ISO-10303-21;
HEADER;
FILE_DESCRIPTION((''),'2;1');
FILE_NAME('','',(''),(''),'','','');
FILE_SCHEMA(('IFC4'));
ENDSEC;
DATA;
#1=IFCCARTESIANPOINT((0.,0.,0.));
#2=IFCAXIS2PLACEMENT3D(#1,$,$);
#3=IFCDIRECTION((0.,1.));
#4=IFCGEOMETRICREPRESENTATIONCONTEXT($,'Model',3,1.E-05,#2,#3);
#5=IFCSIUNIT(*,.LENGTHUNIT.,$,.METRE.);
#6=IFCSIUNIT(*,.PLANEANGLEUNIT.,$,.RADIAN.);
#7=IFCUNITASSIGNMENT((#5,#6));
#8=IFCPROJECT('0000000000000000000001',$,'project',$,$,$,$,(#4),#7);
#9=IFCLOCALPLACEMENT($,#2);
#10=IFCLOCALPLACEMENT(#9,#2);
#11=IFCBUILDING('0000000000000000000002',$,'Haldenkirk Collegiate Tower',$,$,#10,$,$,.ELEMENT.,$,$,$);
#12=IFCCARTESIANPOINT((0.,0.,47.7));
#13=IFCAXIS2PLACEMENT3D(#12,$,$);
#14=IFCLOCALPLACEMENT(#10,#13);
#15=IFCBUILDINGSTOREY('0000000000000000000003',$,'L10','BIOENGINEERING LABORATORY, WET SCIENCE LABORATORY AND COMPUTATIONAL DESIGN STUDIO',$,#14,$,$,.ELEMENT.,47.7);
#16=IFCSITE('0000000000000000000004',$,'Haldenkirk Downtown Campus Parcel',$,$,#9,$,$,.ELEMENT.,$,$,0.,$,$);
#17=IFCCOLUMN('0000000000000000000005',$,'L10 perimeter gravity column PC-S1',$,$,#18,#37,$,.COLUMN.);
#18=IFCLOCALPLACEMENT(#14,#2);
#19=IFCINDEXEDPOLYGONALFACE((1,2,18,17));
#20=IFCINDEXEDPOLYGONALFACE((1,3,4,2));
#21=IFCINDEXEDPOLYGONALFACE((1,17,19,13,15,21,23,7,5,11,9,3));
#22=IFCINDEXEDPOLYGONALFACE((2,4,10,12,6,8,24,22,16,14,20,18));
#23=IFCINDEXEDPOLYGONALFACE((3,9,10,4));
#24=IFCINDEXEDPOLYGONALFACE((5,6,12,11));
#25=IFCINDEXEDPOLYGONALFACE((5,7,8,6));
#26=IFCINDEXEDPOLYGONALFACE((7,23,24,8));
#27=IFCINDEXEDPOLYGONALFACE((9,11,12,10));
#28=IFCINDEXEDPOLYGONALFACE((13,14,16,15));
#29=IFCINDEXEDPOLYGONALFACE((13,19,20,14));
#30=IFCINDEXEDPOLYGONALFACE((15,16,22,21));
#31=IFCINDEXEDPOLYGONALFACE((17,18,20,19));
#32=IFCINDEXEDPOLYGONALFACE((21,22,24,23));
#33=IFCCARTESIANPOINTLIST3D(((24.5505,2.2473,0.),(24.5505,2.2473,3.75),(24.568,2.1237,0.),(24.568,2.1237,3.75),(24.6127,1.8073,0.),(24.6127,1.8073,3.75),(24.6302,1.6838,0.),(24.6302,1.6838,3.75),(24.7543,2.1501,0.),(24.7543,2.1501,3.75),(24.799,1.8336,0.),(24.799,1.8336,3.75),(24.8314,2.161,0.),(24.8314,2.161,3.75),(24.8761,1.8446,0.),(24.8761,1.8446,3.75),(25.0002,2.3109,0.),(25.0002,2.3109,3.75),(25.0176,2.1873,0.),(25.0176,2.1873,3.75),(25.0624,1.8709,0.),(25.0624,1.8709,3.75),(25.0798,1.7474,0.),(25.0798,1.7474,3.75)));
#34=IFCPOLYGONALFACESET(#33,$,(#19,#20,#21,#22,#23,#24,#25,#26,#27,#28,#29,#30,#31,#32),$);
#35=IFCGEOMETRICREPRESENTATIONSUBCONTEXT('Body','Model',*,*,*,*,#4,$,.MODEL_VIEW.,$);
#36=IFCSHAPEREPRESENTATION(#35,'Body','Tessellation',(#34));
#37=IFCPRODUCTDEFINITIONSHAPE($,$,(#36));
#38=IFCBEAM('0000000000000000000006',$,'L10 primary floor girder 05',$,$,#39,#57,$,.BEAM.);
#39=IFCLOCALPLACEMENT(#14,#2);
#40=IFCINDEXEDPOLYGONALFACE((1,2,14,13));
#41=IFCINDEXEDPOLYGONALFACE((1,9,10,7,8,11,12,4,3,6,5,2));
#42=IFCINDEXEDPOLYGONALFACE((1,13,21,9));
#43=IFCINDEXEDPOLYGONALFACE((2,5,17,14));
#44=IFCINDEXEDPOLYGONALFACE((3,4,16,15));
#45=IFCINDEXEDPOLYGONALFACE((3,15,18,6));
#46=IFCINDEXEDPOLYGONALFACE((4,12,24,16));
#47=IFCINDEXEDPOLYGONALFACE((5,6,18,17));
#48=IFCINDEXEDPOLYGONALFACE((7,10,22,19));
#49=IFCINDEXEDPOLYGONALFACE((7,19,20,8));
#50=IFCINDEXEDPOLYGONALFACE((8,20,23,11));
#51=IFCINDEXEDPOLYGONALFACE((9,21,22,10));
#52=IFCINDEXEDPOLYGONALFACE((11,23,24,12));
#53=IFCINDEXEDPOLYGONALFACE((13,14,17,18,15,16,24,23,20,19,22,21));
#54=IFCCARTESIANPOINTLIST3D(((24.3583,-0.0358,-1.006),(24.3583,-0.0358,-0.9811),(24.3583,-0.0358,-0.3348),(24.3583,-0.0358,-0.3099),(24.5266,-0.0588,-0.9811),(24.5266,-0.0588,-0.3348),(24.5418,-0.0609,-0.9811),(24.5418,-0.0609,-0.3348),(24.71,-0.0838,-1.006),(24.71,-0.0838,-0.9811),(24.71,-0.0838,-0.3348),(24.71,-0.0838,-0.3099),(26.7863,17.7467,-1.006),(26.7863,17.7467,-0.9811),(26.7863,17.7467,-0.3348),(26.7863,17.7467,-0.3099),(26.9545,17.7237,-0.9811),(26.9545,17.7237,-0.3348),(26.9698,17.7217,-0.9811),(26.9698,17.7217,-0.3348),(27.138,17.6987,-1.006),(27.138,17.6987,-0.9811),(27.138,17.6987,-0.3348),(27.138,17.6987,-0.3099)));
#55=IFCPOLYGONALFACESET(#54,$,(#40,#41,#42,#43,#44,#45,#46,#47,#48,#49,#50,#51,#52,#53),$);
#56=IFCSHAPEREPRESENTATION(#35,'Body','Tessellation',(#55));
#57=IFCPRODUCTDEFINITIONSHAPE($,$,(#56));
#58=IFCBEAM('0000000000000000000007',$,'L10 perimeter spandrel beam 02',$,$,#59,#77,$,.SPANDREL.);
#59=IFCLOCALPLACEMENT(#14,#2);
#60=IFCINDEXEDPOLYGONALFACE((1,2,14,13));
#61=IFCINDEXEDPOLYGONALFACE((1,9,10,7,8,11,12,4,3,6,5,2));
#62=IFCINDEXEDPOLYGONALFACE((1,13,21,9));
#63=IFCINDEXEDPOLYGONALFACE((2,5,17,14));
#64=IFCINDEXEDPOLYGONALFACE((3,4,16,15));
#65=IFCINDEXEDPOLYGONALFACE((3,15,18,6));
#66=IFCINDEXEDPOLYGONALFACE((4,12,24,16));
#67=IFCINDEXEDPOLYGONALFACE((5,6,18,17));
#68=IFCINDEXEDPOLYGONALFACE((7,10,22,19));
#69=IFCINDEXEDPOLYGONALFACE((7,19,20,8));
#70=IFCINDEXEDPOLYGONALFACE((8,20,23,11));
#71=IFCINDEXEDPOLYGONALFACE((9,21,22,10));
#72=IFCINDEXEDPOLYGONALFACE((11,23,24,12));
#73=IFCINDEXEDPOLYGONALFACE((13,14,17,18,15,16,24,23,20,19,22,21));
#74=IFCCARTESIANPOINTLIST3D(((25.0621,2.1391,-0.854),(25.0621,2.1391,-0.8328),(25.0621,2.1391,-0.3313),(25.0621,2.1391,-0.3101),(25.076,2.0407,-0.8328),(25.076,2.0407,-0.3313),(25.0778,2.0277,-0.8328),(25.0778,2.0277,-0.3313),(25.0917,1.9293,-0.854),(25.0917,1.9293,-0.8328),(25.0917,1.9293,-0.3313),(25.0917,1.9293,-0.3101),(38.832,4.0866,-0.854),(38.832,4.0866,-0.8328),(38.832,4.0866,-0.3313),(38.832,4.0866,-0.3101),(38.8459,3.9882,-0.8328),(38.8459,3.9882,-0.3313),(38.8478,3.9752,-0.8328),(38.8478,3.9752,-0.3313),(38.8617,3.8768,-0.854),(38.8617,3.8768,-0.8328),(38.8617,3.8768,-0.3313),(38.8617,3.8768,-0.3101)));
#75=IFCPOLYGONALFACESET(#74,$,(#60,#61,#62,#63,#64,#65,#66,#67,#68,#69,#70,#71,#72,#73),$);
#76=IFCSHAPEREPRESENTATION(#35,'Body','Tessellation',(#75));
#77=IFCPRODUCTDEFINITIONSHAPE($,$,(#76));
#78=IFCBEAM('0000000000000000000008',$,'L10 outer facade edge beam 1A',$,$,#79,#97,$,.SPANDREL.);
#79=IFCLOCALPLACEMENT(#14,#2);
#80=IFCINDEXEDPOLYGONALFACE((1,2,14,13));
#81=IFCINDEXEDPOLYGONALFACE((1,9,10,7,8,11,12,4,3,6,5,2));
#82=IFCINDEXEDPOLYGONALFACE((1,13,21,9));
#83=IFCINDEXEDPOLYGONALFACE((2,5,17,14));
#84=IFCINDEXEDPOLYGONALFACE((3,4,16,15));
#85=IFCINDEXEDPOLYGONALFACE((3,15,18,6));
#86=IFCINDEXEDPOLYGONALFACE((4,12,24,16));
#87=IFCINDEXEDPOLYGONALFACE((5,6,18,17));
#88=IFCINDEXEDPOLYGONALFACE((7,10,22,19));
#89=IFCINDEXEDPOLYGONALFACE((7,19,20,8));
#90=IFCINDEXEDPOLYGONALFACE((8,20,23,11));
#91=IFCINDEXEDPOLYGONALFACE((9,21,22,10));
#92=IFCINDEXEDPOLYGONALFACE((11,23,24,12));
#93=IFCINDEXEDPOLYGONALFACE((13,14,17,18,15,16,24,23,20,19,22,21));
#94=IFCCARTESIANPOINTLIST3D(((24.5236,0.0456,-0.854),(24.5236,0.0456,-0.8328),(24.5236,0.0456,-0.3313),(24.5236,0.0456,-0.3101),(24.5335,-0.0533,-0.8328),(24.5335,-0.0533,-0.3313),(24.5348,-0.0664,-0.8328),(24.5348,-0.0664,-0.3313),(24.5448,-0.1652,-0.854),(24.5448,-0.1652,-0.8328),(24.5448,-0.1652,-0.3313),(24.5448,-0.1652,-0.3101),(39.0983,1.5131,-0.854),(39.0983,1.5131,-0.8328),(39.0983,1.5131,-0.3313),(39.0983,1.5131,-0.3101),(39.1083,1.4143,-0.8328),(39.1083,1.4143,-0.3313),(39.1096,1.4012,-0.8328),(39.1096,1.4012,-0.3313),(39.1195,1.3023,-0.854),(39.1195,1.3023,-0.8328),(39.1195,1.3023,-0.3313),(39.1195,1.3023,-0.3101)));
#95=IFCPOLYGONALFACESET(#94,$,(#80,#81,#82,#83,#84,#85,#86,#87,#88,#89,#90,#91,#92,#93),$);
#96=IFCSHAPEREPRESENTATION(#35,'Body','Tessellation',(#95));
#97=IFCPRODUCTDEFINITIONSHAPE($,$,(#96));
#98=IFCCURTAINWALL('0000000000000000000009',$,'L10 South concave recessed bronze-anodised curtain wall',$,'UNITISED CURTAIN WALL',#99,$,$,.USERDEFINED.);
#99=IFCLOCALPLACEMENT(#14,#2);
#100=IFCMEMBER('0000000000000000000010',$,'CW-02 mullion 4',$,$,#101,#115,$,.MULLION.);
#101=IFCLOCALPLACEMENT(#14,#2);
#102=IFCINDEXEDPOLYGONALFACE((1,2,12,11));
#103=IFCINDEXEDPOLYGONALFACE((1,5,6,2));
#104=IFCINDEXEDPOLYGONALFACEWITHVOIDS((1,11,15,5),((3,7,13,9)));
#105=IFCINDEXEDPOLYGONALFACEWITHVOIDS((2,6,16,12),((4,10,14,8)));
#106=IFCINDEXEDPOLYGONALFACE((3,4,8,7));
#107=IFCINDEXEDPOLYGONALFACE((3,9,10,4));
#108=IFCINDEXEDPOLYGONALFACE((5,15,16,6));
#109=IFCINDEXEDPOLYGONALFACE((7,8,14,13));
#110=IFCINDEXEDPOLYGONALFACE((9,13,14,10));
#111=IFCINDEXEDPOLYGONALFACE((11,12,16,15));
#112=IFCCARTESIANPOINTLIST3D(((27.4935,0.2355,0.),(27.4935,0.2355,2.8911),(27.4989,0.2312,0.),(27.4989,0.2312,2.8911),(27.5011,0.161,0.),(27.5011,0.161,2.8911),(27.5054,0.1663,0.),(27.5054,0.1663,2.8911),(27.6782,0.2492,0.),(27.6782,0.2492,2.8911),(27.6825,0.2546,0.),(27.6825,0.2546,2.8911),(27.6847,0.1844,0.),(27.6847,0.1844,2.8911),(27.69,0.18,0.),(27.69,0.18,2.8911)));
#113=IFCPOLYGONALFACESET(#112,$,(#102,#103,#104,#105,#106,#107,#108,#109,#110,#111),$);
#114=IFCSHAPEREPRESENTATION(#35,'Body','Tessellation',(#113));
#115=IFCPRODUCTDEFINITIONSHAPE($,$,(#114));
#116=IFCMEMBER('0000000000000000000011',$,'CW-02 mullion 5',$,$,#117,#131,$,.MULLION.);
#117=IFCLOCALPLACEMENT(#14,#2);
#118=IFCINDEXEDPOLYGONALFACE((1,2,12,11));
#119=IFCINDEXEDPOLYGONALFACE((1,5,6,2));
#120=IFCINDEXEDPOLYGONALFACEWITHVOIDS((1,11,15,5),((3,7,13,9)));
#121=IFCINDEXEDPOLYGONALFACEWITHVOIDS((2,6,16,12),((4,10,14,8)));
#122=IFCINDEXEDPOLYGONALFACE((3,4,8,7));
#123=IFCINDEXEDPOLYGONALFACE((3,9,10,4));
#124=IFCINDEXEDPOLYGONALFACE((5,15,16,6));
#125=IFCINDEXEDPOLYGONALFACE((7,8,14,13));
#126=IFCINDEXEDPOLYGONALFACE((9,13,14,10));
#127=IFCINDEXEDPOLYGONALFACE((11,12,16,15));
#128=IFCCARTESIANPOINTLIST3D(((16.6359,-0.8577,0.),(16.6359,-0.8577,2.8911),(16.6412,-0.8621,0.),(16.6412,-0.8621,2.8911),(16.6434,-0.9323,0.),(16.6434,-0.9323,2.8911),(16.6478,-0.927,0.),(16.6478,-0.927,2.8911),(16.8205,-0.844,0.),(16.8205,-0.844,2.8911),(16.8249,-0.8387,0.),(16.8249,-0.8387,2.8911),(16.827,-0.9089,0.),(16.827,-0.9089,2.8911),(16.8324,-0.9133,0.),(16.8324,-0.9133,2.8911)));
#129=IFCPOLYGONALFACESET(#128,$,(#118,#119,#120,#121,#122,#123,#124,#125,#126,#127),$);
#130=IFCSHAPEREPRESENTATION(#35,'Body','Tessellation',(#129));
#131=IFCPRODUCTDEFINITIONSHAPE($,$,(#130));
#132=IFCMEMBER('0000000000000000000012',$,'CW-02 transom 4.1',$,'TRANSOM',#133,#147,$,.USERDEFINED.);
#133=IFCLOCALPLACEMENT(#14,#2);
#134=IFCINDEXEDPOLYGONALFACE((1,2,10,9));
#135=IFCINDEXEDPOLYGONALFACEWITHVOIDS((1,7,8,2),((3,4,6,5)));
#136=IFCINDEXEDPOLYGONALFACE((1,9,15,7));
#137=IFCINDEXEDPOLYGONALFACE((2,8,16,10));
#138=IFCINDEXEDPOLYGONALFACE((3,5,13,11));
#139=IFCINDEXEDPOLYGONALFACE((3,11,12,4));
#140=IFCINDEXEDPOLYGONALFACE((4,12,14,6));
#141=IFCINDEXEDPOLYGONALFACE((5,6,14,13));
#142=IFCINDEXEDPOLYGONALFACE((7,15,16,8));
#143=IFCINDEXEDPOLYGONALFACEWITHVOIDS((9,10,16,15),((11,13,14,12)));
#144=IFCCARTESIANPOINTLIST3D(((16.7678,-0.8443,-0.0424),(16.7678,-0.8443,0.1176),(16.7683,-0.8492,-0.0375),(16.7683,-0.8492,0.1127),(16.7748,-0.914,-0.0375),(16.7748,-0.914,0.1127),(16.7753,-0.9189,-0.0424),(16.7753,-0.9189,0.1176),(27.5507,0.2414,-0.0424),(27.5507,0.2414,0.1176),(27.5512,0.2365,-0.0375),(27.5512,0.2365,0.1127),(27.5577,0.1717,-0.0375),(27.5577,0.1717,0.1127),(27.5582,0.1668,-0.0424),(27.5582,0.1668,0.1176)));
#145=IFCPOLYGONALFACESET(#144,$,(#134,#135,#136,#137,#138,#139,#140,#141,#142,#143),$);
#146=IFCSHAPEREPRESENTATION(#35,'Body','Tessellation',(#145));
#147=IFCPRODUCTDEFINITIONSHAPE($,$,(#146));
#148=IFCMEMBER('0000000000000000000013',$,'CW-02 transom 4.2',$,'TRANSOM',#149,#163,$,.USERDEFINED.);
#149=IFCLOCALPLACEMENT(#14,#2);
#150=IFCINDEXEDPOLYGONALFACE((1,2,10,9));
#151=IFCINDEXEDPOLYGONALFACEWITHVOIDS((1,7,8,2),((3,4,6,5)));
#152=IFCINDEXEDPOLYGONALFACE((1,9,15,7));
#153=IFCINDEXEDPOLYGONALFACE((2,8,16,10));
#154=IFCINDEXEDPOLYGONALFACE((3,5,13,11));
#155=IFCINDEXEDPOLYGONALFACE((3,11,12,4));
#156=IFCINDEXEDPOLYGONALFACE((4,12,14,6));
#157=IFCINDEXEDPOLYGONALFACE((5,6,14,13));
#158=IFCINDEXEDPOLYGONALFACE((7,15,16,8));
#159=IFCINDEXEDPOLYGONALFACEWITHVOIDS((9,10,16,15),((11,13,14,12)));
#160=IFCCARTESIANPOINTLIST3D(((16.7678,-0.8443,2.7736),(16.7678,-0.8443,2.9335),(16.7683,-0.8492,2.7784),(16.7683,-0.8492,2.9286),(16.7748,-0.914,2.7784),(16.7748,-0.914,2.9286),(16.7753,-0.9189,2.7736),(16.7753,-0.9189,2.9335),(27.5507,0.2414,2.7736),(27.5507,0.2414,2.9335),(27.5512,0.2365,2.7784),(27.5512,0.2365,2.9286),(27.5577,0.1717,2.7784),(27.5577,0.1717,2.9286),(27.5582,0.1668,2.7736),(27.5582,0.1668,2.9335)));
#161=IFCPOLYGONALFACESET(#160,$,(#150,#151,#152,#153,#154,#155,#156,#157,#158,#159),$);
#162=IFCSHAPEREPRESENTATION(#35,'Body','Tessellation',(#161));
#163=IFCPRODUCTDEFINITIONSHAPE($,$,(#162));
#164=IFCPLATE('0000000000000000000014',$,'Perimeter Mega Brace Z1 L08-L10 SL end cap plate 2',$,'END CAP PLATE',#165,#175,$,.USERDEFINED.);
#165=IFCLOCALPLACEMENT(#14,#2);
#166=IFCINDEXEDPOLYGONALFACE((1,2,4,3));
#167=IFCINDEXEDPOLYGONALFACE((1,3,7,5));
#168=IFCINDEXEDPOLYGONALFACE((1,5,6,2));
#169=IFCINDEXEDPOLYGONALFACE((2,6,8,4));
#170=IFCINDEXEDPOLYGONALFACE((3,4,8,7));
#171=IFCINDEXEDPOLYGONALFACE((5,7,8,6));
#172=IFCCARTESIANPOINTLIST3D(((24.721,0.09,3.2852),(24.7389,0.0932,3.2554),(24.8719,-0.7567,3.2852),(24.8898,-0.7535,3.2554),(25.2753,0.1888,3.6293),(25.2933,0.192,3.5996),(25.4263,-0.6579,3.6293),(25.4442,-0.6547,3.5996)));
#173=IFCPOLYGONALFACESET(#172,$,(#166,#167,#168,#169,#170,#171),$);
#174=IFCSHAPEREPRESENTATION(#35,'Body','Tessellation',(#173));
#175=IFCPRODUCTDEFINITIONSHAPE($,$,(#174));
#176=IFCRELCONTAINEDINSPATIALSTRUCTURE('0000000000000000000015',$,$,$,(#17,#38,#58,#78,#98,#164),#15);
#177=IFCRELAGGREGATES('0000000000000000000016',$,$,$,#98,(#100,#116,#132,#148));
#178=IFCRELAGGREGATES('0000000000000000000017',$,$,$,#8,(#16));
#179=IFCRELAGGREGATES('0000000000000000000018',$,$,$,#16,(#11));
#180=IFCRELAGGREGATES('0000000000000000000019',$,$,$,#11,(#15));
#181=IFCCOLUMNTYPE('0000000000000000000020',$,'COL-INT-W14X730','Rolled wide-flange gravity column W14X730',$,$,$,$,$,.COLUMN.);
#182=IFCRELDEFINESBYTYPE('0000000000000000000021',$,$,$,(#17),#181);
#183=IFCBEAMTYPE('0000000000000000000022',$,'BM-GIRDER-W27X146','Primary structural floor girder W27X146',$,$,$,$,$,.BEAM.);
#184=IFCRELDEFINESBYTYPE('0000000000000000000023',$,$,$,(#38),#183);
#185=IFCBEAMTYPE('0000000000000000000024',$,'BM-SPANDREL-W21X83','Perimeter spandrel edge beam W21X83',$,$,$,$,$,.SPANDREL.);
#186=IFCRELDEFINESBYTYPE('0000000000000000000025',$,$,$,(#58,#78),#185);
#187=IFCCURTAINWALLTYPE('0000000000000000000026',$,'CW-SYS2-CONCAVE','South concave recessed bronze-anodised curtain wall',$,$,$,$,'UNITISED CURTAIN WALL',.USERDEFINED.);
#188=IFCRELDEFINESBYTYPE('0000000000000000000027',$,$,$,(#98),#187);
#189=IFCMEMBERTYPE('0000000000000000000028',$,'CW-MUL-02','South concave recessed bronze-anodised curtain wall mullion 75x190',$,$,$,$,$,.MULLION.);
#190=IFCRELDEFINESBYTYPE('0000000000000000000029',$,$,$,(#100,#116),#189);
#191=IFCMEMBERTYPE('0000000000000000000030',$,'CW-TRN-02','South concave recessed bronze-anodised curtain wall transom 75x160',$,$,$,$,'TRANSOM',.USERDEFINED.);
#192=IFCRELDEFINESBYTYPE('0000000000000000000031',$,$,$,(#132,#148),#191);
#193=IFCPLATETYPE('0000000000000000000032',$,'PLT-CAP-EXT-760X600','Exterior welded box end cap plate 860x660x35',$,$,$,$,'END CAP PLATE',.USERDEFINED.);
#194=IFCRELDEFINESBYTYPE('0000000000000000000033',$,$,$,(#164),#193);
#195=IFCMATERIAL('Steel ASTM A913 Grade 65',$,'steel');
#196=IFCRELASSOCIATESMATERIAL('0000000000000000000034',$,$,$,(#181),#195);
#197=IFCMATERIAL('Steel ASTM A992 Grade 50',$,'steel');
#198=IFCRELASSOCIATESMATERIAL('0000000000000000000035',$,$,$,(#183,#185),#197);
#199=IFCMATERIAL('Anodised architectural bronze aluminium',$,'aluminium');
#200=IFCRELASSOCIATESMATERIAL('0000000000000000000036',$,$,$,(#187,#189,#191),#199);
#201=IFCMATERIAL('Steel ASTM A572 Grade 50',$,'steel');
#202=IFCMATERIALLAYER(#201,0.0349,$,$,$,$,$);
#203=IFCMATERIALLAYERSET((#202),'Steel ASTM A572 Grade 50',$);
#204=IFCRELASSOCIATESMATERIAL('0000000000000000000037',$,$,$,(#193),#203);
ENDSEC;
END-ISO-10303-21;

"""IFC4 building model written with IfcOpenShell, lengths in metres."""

from ifc_helpers import new_model, si_unit, direction, frame, origin, origin_2d, place, context, subcontext, project, spatial, rectangle, hollow_rectangle, i_section, extrude, source, transform, mapped, material, layer, layer_set, material_profile, profile_set, type_object, element, aggregate, save


model = new_model("IFC4")

# Units and contexts
model_context = context("Model", 3, precision=1e-05, world=origin(), true_north=direction((0.0, 1.0)))
body_context = subcontext(model_context, "Body", "Model", "MODEL_VIEW")
ifc_project = project(units=[si_unit("LENGTHUNIT", "METRE"), si_unit("PLANEANGLEUNIT", "RADIAN")], contexts=[model_context])

# Site, building, storey
site_placement = place(None, origin())
site = spatial("IfcSite", under=ifc_project, at=site_placement, Name="Haldenkirk Downtown Campus Parcel", CompositionType="ELEMENT", RefElevation=0.0)
building_placement = place(site_placement, origin())
building = spatial("IfcBuilding", under=site, at=building_placement, Name="Haldenkirk Collegiate Tower", CompositionType="ELEMENT")
storey_placement = place(building_placement, frame((0.0, 0.0, 47.7)))
storey = spatial("IfcBuildingStorey", under=building, at=storey_placement, Name="L10", Description="BIOENGINEERING LABORATORY, WET SCIENCE LABORATORY AND COMPUTATIONAL DESIGN STUDIO", CompositionType="ELEMENT", Elevation=47.7)

# Column
ifc_material_1 = material(Name="Steel ASTM A913 Grade 65", Category="steel")
ifc_material_profile_1 = material_profile(ifc_material_1, i_section(OverallWidth=0.4541, OverallDepth=0.5691, WebThickness=0.0779, FlangeThickness=0.1248, at=origin_2d()), Name="W14X730")
ifc_profile_set_1 = profile_set([ifc_material_profile_1], Name="Steel ASTM A913 Grade 65")
column_type = type_object("IfcColumnType", Name="COL-INT-W14X730", Description="Rolled wide-flange gravity column W14X730", PredefinedType="COLUMN", material=ifc_profile_set_1)
column_placement = place(storey_placement, frame((24.8152, 1.9973, 0.0), z_axis=(0.0, 0.0, 1.0), x_axis=(0.990146, 0.140037, 0.0)))
element("IfcColumn", 1, at=column_placement, inside=storey, type_object=column_type, Name="L10 perimeter gravity column PC-S1", PredefinedType="COLUMN", context=body_context, shape_type="SweptSolid", body=[
    extrude(i_section(OverallWidth=0.4541, OverallDepth=0.5691, WebThickness=0.0779, FlangeThickness=0.1248, at=origin_2d()), origin(), (0.0, 0.0, 1.0), 3.75),
])

# Beams
ifc_material_2 = material(Name="Steel ASTM A992 Grade 50", Category="steel")
ifc_material_profile_2 = material_profile(ifc_material_2, i_section(OverallWidth=0.355, OverallDepth=0.696, WebThickness=0.0154, FlangeThickness=0.0249, at=origin_2d()), Name="W27X146")
ifc_profile_set_2 = profile_set([ifc_material_profile_2], Name="Steel ASTM A992 Grade 50")
beam_type_1 = type_object("IfcBeamType", Name="BM-GIRDER-W27X146", Description="Primary structural floor girder W27X146", PredefinedType="BEAM", material=ifc_profile_set_2)
beam_1_placement = place(storey_placement, frame((24.5342, -0.0598, -0.658), z_axis=(0.135283, 0.990807, 0.0), x_axis=(-0.990807, 0.135283, 0.0)))
element("IfcBeam", 2, at=beam_1_placement, inside=storey, type_object=beam_type_1, Name="L10 primary floor girder 05", PredefinedType="BEAM", context=body_context, shape_type="SweptSolid", body=[
    extrude(i_section(OverallWidth=0.355, OverallDepth=0.696, WebThickness=0.0154, FlangeThickness=0.0249, at=origin_2d()), origin(), (0.0, 0.0, 1.0), 17.9475),
])
ifc_material_profile_3 = material_profile(ifc_material_2, i_section(OverallWidth=0.2119, OverallDepth=0.5439, WebThickness=0.0132, FlangeThickness=0.0212, at=origin_2d()), Name="W21X83")
ifc_profile_set_3 = profile_set([ifc_material_profile_3], Name="Steel ASTM A992 Grade 50")
beam_type_2 = type_object("IfcBeamType", Name="BM-SPANDREL-W21X83", Description="Perimeter spandrel edge beam W21X83", PredefinedType="SPANDREL", material=ifc_profile_set_3)
beam_2_placement = place(storey_placement, frame((25.0769, 2.0342, -0.582), z_axis=(0.990146, 0.140038, 0.0), x_axis=(-0.140038, 0.990146, 0.0)))
element("IfcBeam", 3, at=beam_2_placement, inside=storey, type_object=beam_type_2, Name="L10 perimeter spandrel beam 02", PredefinedType="SPANDREL", context=body_context, shape_type="SweptSolid", body=[
    extrude(i_section(OverallWidth=0.2119, OverallDepth=0.5439, WebThickness=0.0132, FlangeThickness=0.0212, at=origin_2d()), origin(), (0.0, 0.0, 1.0), 13.907),
])
beam_3_placement = place(storey_placement, frame((24.5342, -0.0598, -0.582), z_axis=(0.994969, 0.100184, 0.0), x_axis=(-0.100184, 0.994969, 0.0)))
element("IfcBeam", 4, at=beam_3_placement, inside=storey, type_object=beam_type_2, Name="L10 outer facade edge beam 1A", PredefinedType="SPANDREL", context=body_context, shape_type="SweptSolid", body=[
    extrude(i_section(OverallWidth=0.2119, OverallDepth=0.5439, WebThickness=0.0132, FlangeThickness=0.0212, at=origin_2d()), origin(), (0.0, 0.0, 1.0), 14.6484),
])

# Curtain wall, members
ifc_material_3 = material(Name="Anodised architectural bronze aluminium", Category="aluminium")
curtain_wall_type = type_object("IfcCurtainWallType", Name="CW-SYS2-CONCAVE", Description="South concave recessed bronze-anodised curtain wall", ElementType="UNITISED CURTAIN WALL", PredefinedType="USERDEFINED", material=ifc_material_3)
curtain_wall_placement = place(storey_placement, origin())
curtain_wall = element("IfcCurtainWall", 5, at=curtain_wall_placement, inside=storey, type_object=curtain_wall_type, Name="L10 South concave recessed bronze-anodised curtain wall", ObjectType="UNITISED CURTAIN WALL", PredefinedType="USERDEFINED")
ifc_material_profile_4 = material_profile(ifc_material_3, hollow_rectangle(XDim=0.075, YDim=0.1899, WallThickness=0.0049, at=origin_2d()), Name="CW-MUL-02")
ifc_profile_set_4 = profile_set([ifc_material_profile_4], Name="Anodised architectural bronze aluminium")
member_type_1 = type_object("IfcMemberType", Name="CW-MUL-02", Description="South concave recessed bronze-anodised curtain wall mullion 75x190", PredefinedType="MULLION", material=ifc_profile_set_4)
member_1_placement = place(storey_placement, frame((27.5918, 0.2078, 0.0), z_axis=(0.0, 0.0, 1.0), x_axis=(0.100187, -0.994969, 0.0)))
member_1 = element("IfcMember", 6, at=member_1_placement, type_object=member_type_1, Name="CW-02 mullion 4", PredefinedType="MULLION", context=body_context, shape_type="SweptSolid", body=[
    extrude(hollow_rectangle(XDim=0.075, YDim=0.1899, WallThickness=0.0049, at=origin_2d()), origin(), (0.0, 0.0, 1.0), 2.8911),
])
member_2_placement = place(storey_placement, frame((16.7341, -0.8855, 0.0), z_axis=(0.0, 0.0, 1.0), x_axis=(0.100187, -0.994969, 0.0)))
member_2 = element("IfcMember", 7, at=member_2_placement, type_object=member_type_1, Name="CW-02 mullion 5", PredefinedType="MULLION", context=body_context, shape_type="SweptSolid", body=[
    extrude(hollow_rectangle(XDim=0.075, YDim=0.1899, WallThickness=0.0049, at=origin_2d()), origin(), (0.0, 0.0, 1.0), 2.8911),
])
ifc_material_profile_5 = material_profile(ifc_material_3, hollow_rectangle(XDim=0.075, YDim=0.1599, WallThickness=0.0049, at=origin_2d()), Name="CW-TRN-02")
ifc_profile_set_5 = profile_set([ifc_material_profile_5], Name="Anodised architectural bronze aluminium")
member_type_2 = type_object("IfcMemberType", Name="CW-TRN-02", Description="South concave recessed bronze-anodised curtain wall transom 75x160", ElementType="TRANSOM", PredefinedType="USERDEFINED", material=ifc_profile_set_5)
member_3_placement = place(storey_placement, frame((27.5544, 0.2041, 0.0376), z_axis=(-0.994969, -0.10018, 0.0), x_axis=(0.10018, -0.994969, 0.0)))
member_3 = element("IfcMember", 8, at=member_3_placement, type_object=member_type_2, Name="CW-02 transom 4.1", ObjectType="TRANSOM", PredefinedType="USERDEFINED", context=body_context, shape_type="SweptSolid", body=[
    extrude(hollow_rectangle(XDim=0.075, YDim=0.1599, WallThickness=0.0049, at=origin_2d()), origin(), (0.0, 0.0, 1.0), 10.8374),
])
member_4_placement = place(storey_placement, frame((27.5544, 0.2041, 2.8535), z_axis=(-0.994969, -0.10018, 0.0), x_axis=(0.10018, -0.994969, 0.0)))
member_4 = element("IfcMember", 9, at=member_4_placement, type_object=member_type_2, Name="CW-02 transom 4.2", ObjectType="TRANSOM", PredefinedType="USERDEFINED", context=body_context, shape_type="SweptSolid", body=[
    extrude(hollow_rectangle(XDim=0.075, YDim=0.1599, WallThickness=0.0049, at=origin_2d()), origin(), (0.0, 0.0, 1.0), 10.8374),
])

# Plate
ifc_material_4 = material(Name="Steel ASTM A572 Grade 50", Category="steel")
ifc_layer_1 = layer(ifc_material_4, 0.0349)
ifc_layer_set_1 = layer_set([ifc_layer_1], Name="Steel ASTM A572 Grade 50")
plate_type_1 = type_object("IfcPlateType", Name="PLT-CAP-EXT-760X600", Description="Exterior welded box end cap plate 860x660x35", ElementType="END CAP PLATE", PredefinedType="USERDEFINED", material=ifc_layer_set_1)
shared_shape_1 = source(origin(), body_context, "Body", "SweptSolid", [
    extrude(rectangle(XDim=0.8601, YDim=0.6599, at=origin_2d()), origin(), (0.0, 0.0, 1.0), 0.0349),
])
plate_1_placement = place(storey_placement, frame((25.0916, -0.2808, 3.4275), z_axis=(-0.513402, -0.091507, 0.853255), x_axis=(0.175471, -0.984485, 0.0)))
element("IfcPlate", 10, at=plate_1_placement, inside=storey, type_object=plate_type_1, Name="Perimeter Mega Brace Z1 L08-L10 SL end cap plate 2", ObjectType="END CAP PLATE", PredefinedType="USERDEFINED", context=body_context, shape_type="MappedRepresentation", body=[
    mapped(shared_shape_1, transform((0.0, 0.0, 0.0), x_axis=(1.0, 0.0, 0.0), y_axis=(0.0, 1.0, 0.0), z_axis=(0.0, 0.0, 1.0), scale=1.0)),
])
aggregate(curtain_wall, [member_1, member_2, member_3, member_4])

save(model, "model.ifc")
